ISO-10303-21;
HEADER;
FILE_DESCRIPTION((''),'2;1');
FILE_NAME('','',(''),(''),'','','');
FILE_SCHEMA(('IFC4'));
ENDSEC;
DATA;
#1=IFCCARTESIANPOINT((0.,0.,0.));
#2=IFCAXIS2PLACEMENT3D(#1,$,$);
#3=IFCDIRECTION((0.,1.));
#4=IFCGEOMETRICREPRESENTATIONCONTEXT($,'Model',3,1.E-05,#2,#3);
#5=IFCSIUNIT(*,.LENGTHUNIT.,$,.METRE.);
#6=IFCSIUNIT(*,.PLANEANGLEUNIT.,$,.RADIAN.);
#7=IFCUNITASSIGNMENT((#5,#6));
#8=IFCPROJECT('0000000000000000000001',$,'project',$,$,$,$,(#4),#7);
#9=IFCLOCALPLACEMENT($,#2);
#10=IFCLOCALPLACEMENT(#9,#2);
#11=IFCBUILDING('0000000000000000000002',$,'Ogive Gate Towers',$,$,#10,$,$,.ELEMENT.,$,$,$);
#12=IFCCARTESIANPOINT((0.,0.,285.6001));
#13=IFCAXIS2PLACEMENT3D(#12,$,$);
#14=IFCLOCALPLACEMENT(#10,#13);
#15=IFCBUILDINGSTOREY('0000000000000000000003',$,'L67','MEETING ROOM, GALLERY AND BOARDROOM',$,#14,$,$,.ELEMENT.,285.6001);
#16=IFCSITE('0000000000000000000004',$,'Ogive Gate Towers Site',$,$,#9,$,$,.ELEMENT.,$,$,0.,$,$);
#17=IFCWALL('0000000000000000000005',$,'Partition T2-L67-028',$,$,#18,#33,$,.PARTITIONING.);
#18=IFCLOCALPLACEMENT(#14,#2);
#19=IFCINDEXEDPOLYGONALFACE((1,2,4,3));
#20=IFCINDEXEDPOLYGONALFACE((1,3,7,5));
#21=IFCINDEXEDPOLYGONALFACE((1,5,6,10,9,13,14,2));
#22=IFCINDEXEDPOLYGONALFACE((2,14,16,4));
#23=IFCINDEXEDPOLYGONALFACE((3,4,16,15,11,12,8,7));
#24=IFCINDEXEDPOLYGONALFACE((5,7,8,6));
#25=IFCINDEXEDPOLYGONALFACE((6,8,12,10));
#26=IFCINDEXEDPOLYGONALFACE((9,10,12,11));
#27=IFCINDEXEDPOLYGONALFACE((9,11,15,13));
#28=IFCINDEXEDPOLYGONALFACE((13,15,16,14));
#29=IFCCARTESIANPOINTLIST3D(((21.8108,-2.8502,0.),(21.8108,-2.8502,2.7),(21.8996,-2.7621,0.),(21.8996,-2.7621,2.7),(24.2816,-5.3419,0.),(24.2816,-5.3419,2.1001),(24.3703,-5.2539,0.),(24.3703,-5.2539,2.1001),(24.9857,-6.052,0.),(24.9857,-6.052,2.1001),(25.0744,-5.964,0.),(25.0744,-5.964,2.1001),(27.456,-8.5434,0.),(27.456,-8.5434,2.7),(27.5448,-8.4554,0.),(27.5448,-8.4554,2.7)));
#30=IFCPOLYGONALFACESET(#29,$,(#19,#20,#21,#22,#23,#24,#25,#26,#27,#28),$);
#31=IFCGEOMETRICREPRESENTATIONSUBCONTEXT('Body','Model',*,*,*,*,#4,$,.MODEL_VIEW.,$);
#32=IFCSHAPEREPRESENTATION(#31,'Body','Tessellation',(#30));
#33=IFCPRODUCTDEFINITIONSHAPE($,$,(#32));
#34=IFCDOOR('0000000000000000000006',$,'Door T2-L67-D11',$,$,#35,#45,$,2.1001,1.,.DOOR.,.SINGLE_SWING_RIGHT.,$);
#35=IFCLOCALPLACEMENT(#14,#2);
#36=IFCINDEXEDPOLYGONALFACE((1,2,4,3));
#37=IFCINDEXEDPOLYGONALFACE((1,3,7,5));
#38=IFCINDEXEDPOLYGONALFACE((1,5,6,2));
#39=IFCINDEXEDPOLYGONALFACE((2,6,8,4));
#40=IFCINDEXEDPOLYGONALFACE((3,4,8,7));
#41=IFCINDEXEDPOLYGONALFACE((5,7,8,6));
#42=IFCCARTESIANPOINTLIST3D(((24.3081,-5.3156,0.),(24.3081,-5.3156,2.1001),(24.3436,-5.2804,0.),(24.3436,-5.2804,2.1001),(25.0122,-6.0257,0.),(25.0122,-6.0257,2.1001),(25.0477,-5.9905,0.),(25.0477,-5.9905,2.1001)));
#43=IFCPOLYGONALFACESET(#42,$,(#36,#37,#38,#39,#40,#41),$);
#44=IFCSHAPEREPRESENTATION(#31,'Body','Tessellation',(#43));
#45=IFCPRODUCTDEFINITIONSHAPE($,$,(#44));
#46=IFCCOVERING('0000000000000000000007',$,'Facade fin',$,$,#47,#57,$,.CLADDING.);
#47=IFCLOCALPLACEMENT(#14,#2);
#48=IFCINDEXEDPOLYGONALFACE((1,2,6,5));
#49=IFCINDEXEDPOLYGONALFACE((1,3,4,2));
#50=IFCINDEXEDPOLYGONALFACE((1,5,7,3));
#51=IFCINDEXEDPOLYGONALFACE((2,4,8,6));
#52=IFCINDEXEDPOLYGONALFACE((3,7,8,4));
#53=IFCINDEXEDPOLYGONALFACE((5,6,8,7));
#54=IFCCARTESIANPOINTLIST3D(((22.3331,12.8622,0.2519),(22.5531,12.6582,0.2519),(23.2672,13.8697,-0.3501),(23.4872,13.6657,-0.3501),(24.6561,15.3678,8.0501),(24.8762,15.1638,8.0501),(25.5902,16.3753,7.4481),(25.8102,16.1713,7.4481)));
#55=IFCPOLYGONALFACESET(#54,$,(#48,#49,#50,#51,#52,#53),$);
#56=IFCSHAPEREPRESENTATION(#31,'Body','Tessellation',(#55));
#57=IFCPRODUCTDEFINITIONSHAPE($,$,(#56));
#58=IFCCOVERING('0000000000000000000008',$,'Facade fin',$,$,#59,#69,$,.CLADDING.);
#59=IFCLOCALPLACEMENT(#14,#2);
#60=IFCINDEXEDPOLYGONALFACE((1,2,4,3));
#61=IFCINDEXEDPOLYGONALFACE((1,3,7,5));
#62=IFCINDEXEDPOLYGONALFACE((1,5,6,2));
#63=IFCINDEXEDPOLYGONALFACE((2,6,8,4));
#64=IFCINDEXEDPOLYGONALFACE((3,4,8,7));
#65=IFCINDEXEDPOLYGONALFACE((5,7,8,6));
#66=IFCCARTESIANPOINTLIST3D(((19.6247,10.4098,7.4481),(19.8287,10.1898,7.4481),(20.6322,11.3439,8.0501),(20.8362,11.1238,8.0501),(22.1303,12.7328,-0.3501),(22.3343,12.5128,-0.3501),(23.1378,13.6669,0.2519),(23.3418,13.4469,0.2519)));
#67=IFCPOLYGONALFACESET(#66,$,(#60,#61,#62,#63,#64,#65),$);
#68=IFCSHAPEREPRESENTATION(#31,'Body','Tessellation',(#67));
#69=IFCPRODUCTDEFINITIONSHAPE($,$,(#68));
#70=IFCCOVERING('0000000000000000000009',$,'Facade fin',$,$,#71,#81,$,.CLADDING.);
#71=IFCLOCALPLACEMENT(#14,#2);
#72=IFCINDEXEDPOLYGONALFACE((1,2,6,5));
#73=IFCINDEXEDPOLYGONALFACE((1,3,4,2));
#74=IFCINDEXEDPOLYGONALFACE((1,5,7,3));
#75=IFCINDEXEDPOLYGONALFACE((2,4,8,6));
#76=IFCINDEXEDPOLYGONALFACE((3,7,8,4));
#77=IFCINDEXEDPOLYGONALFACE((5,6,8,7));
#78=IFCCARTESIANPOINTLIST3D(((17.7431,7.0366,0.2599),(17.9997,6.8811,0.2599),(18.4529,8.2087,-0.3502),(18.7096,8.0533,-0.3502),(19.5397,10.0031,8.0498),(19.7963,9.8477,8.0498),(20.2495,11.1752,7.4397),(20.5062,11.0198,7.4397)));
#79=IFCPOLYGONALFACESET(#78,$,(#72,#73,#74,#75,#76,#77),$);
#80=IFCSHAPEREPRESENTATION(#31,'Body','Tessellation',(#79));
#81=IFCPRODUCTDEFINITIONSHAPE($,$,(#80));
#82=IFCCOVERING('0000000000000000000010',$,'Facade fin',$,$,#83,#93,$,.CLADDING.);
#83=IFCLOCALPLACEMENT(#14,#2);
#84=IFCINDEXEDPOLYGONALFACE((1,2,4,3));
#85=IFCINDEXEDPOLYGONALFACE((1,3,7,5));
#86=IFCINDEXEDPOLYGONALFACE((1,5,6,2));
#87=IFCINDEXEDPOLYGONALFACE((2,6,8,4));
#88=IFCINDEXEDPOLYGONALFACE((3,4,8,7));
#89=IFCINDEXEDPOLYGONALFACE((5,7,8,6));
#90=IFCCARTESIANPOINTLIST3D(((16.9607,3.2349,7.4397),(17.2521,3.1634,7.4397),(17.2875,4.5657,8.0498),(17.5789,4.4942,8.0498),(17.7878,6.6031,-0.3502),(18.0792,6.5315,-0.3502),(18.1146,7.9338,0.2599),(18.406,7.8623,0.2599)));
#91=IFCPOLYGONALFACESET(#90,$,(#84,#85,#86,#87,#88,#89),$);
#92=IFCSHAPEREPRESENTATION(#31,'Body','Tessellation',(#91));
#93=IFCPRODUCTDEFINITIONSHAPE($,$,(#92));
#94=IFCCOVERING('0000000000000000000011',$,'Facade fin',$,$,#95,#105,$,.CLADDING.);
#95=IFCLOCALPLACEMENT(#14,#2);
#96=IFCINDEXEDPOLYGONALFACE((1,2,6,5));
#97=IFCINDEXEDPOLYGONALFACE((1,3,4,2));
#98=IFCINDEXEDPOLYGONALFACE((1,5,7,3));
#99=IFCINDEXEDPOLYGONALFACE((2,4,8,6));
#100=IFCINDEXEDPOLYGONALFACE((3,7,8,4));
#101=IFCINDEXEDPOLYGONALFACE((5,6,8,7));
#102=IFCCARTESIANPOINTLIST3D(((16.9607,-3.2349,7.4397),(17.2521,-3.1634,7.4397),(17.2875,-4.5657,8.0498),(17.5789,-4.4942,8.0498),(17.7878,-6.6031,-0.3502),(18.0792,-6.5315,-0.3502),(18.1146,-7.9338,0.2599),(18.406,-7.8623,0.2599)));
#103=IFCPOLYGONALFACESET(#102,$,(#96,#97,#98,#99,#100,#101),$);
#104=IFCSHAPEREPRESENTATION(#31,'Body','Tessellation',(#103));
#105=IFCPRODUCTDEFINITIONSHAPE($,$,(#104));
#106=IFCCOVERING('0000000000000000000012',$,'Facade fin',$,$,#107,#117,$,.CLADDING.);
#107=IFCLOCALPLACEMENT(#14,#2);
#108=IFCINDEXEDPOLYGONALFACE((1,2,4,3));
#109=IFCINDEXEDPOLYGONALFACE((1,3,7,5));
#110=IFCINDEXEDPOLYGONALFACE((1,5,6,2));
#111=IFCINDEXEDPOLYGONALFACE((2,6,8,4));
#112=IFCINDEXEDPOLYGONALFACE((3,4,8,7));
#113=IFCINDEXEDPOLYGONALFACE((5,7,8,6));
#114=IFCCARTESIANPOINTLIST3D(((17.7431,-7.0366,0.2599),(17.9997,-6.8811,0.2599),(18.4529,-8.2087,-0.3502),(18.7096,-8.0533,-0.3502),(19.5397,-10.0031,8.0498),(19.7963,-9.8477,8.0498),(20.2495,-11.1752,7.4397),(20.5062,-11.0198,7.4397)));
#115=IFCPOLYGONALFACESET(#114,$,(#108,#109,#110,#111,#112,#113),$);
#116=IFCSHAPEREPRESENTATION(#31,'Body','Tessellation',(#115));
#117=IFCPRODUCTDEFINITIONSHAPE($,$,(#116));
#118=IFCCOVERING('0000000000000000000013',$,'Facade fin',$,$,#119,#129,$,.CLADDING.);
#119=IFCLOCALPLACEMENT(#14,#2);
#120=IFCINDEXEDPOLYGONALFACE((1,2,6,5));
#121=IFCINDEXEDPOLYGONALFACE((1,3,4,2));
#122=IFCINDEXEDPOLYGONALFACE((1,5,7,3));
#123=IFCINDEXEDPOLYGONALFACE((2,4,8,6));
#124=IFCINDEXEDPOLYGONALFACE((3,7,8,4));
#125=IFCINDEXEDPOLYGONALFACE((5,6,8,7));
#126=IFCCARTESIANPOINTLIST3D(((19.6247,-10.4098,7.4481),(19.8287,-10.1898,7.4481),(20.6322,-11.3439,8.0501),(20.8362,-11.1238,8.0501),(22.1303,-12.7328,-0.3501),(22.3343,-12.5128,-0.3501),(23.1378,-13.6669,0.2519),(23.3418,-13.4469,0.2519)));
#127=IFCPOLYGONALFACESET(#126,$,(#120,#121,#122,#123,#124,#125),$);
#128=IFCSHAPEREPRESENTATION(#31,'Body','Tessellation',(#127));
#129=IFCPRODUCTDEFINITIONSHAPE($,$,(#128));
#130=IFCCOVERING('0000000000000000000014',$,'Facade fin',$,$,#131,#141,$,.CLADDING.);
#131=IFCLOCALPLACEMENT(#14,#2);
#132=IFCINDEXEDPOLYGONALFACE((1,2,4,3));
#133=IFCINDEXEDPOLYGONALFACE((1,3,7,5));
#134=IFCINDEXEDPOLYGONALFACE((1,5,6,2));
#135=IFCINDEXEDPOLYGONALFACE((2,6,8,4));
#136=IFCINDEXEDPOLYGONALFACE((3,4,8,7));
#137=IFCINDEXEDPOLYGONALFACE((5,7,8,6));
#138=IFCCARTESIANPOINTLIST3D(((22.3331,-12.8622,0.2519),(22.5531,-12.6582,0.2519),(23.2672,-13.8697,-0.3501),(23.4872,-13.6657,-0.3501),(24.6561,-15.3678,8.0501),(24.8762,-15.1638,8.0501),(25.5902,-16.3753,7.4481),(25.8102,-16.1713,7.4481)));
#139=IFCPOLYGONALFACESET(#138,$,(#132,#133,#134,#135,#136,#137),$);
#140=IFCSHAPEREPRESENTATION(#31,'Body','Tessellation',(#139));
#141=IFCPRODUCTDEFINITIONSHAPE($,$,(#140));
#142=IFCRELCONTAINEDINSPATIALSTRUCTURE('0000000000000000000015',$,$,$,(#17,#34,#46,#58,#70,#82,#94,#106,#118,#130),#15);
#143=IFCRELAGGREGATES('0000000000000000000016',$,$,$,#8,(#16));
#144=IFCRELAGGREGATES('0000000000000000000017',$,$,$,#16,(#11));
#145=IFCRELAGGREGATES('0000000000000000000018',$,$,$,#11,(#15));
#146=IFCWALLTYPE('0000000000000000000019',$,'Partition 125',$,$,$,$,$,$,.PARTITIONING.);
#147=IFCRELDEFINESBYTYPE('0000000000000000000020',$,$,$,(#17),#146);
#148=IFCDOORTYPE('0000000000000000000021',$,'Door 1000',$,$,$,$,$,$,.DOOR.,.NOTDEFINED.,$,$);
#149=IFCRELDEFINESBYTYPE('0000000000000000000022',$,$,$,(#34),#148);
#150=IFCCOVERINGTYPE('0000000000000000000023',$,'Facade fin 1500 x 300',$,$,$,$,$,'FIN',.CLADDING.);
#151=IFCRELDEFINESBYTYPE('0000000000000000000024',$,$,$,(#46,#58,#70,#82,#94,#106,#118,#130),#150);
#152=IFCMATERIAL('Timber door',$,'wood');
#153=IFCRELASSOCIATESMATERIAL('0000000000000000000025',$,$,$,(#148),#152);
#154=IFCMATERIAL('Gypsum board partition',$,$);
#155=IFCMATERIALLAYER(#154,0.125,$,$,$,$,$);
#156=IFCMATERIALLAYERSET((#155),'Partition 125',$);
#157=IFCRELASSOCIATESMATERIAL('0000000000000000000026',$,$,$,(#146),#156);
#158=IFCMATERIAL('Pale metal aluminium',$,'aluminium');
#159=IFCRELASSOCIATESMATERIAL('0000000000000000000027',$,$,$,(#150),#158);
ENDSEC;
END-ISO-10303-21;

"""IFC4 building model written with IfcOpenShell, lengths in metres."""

from ifc_helpers import new_model, si_unit, direction, frame, frame_2d, origin, origin_2d, place, context, subcontext, project, spatial, rectangle, extrude, material, layer, layer_set, material_profile, profile_set, type_object, element, fill, save


model = new_model("IFC4")

# Units and contexts
model_context = context("Model", 3, precision=1e-05, world=origin(), true_north=direction((0.0, 1.0)))
body_context = subcontext(model_context, "Body", "Model", "MODEL_VIEW")
ifc_project = project(units=[si_unit("LENGTHUNIT", "METRE"), si_unit("PLANEANGLEUNIT", "RADIAN")], contexts=[model_context])

# Site, building, storey
site_placement = place(None, origin())
site = spatial("IfcSite", under=ifc_project, at=site_placement, Name="Ogive Gate Towers Site", CompositionType="ELEMENT", RefElevation=0.0)
building_placement = place(site_placement, origin())
building = spatial("IfcBuilding", under=site, at=building_placement, Name="Ogive Gate Towers", CompositionType="ELEMENT")
storey_placement = place(building_placement, frame((0.0, 0.0, 285.6001)))
storey = spatial("IfcBuildingStorey", under=building, at=storey_placement, Name="L67", Description="MEETING ROOM, GALLERY AND BOARDROOM", CompositionType="ELEMENT", Elevation=285.6001)

# Shared definitions
ifc_material_1 = material(Name="Pale metal aluminium", Category="aluminium")

# Shared definitions
ifc_material_2 = material(Name="Timber door", Category="wood")
door_type = type_object("IfcDoorType", Name="Door 1000", OperationType="NOTDEFINED", PredefinedType="DOOR", material=ifc_material_2)

# Shared definitions
ifc_material_3 = material(Name="Gypsum board partition")
ifc_layer_1 = layer(ifc_material_3, 0.125)
ifc_layer_set_1 = layer_set([ifc_layer_1], Name="Partition 125")
wall_type_1 = type_object("IfcWallType", Name="Partition 125", PredefinedType="PARTITIONING", material=ifc_layer_set_1)

# Wall, opening, door
wall_1_placement = place(storey_placement, frame((21.8552, -2.8062, 0.0), z_axis=(0.0, 0.0, 1.0), x_axis=(0.704101, -0.7101, 0.0)))
wall_1 = element("IfcWall", 1, at=wall_1_placement, inside=storey, type_object=wall_type_1, Name="Partition T2-L67-028", PredefinedType="PARTITIONING", context=body_context, shape_type="SweptSolid", body=[
    extrude(rectangle(XDim=8.0176, YDim=0.125, at=frame_2d((4.0088, 0.0))), origin(), (0.0, 0.0, 1.0), 2.7),
])
opening_1_placement = place(wall_1_placement, frame((3.509, 0.0, 0.0)))
opening_1 = element("IfcOpeningElement", 2, at=opening_1_placement, cuts=wall_1, PredefinedType="OPENING", context=body_context, shape_type="SweptSolid", body=[
    extrude(rectangle(XDim=1.0, YDim=2.1001, at=frame_2d((0.5, 1.05))), frame((0.0, 0.0725, 0.0), z_axis=(0.0, -1.0, 0.0), x_axis=(1.0, 0.0, 0.0)), (0.0, 0.0, 1.0), 0.145),
])
door_1_placement = place(opening_1_placement, origin())
door_1 = element("IfcDoor", 3, at=door_1_placement, inside=storey, type_object=door_type, Name="Door T2-L67-D11", OperationType="SINGLE_SWING_RIGHT", OverallHeight=2.1001, OverallWidth=1.0, PredefinedType="DOOR", context=body_context, shape_type="SweptSolid", body=[
    extrude(rectangle(XDim=1.0, YDim=2.1001, at=frame_2d((0.5, 1.05))), frame((0.0, 0.0249, 0.0), z_axis=(0.0, -1.0, 0.0), x_axis=(1.0, 0.0, 0.0)), (0.0, 0.0, 1.0), 0.05),
])
fill(opening_1, door_1)

# Coverings
ifc_material_profile_1 = material_profile(ifc_material_1, rectangle(XDim=0.3, YDim=1.5, at=origin_2d()), Name="1500 x 300 pale metal aluminium")
ifc_profile_set_1 = profile_set([ifc_material_profile_1], Name="Pale metal aluminium")
covering_type = type_object("IfcCoveringType", Name="Facade fin 1500 x 300", ElementType="FIN", PredefinedType="CLADDING", material=ifc_profile_set_1)
for number, where, z_axis, x_axis, name in (
    (4, (22.9102, 13.2639, -0.0491), (0.272851, 0.294301, 0.915936), (-0.733325, 0.679878, 0.0), "Facade fin"),
    (5, (22.7361, 13.0898, -0.0491), (-0.294301, -0.272851, 0.915936), (0.679878, -0.733325, 0.0), "Facade fin"),
):
    element("IfcCovering", number, at=place(storey_placement, frame(where, z_axis=z_axis, x_axis=x_axis)), inside=storey, type_object=covering_type, Name=name, PredefinedType="CLADDING", context=body_context, shape_type="SweptSolid", body=[
        extrude(rectangle(XDim=0.3, YDim=1.5, at=origin_2d()), origin(), (0.0, 0.0, 1.0), 8.5139),
    ])
for number, where, z_axis, x_axis, name in (
    (6, (18.2263, 7.5449, -0.0452), (0.210694, 0.347893, 0.913553), (-0.855361, 0.518032, 0.0), "Facade fin"),
    (7, (18.0969, 7.2327, -0.0452), (-0.097001, -0.39499, 0.91355), (0.971144, -0.238492, 0.0), "Facade fin"),
    (8, (18.0969, -7.2327, -0.0452), (-0.097001, 0.39499, 0.91355), (-0.971144, -0.238492, 0.0), "Facade fin"),
    (9, (18.2263, -7.5449, -0.0452), (0.210694, -0.347893, 0.913553), (0.855361, 0.518032, 0.0), "Facade fin"),
):
    element("IfcCovering", number, at=place(storey_placement, frame(where, z_axis=z_axis, x_axis=x_axis)), inside=storey, type_object=covering_type, Name=name, PredefinedType="CLADDING", context=body_context, shape_type="SweptSolid", body=[
        extrude(rectangle(XDim=0.3, YDim=1.5, at=origin_2d()), origin(), (0.0, 0.0, 1.0), 8.5271),
    ])
for number, where, z_axis, x_axis, name in (
    (10, (22.7361, -13.0898, -0.0491), (-0.294301, 0.272851, 0.915936), (-0.679878, -0.733325, 0.0), "Facade fin"),
    (11, (22.9102, -13.2639, -0.0491), (0.272851, -0.294301, 0.915936), (0.733325, 0.679878, 0.0), "Facade fin"),
):
    element("IfcCovering", number, at=place(storey_placement, frame(where, z_axis=z_axis, x_axis=x_axis)), inside=storey, type_object=covering_type, Name=name, PredefinedType="CLADDING", context=body_context, shape_type="SweptSolid", body=[
        extrude(rectangle(XDim=0.3, YDim=1.5, at=origin_2d()), origin(), (0.0, 0.0, 1.0), 8.5139),
    ])

save(model, "model.ifc")
